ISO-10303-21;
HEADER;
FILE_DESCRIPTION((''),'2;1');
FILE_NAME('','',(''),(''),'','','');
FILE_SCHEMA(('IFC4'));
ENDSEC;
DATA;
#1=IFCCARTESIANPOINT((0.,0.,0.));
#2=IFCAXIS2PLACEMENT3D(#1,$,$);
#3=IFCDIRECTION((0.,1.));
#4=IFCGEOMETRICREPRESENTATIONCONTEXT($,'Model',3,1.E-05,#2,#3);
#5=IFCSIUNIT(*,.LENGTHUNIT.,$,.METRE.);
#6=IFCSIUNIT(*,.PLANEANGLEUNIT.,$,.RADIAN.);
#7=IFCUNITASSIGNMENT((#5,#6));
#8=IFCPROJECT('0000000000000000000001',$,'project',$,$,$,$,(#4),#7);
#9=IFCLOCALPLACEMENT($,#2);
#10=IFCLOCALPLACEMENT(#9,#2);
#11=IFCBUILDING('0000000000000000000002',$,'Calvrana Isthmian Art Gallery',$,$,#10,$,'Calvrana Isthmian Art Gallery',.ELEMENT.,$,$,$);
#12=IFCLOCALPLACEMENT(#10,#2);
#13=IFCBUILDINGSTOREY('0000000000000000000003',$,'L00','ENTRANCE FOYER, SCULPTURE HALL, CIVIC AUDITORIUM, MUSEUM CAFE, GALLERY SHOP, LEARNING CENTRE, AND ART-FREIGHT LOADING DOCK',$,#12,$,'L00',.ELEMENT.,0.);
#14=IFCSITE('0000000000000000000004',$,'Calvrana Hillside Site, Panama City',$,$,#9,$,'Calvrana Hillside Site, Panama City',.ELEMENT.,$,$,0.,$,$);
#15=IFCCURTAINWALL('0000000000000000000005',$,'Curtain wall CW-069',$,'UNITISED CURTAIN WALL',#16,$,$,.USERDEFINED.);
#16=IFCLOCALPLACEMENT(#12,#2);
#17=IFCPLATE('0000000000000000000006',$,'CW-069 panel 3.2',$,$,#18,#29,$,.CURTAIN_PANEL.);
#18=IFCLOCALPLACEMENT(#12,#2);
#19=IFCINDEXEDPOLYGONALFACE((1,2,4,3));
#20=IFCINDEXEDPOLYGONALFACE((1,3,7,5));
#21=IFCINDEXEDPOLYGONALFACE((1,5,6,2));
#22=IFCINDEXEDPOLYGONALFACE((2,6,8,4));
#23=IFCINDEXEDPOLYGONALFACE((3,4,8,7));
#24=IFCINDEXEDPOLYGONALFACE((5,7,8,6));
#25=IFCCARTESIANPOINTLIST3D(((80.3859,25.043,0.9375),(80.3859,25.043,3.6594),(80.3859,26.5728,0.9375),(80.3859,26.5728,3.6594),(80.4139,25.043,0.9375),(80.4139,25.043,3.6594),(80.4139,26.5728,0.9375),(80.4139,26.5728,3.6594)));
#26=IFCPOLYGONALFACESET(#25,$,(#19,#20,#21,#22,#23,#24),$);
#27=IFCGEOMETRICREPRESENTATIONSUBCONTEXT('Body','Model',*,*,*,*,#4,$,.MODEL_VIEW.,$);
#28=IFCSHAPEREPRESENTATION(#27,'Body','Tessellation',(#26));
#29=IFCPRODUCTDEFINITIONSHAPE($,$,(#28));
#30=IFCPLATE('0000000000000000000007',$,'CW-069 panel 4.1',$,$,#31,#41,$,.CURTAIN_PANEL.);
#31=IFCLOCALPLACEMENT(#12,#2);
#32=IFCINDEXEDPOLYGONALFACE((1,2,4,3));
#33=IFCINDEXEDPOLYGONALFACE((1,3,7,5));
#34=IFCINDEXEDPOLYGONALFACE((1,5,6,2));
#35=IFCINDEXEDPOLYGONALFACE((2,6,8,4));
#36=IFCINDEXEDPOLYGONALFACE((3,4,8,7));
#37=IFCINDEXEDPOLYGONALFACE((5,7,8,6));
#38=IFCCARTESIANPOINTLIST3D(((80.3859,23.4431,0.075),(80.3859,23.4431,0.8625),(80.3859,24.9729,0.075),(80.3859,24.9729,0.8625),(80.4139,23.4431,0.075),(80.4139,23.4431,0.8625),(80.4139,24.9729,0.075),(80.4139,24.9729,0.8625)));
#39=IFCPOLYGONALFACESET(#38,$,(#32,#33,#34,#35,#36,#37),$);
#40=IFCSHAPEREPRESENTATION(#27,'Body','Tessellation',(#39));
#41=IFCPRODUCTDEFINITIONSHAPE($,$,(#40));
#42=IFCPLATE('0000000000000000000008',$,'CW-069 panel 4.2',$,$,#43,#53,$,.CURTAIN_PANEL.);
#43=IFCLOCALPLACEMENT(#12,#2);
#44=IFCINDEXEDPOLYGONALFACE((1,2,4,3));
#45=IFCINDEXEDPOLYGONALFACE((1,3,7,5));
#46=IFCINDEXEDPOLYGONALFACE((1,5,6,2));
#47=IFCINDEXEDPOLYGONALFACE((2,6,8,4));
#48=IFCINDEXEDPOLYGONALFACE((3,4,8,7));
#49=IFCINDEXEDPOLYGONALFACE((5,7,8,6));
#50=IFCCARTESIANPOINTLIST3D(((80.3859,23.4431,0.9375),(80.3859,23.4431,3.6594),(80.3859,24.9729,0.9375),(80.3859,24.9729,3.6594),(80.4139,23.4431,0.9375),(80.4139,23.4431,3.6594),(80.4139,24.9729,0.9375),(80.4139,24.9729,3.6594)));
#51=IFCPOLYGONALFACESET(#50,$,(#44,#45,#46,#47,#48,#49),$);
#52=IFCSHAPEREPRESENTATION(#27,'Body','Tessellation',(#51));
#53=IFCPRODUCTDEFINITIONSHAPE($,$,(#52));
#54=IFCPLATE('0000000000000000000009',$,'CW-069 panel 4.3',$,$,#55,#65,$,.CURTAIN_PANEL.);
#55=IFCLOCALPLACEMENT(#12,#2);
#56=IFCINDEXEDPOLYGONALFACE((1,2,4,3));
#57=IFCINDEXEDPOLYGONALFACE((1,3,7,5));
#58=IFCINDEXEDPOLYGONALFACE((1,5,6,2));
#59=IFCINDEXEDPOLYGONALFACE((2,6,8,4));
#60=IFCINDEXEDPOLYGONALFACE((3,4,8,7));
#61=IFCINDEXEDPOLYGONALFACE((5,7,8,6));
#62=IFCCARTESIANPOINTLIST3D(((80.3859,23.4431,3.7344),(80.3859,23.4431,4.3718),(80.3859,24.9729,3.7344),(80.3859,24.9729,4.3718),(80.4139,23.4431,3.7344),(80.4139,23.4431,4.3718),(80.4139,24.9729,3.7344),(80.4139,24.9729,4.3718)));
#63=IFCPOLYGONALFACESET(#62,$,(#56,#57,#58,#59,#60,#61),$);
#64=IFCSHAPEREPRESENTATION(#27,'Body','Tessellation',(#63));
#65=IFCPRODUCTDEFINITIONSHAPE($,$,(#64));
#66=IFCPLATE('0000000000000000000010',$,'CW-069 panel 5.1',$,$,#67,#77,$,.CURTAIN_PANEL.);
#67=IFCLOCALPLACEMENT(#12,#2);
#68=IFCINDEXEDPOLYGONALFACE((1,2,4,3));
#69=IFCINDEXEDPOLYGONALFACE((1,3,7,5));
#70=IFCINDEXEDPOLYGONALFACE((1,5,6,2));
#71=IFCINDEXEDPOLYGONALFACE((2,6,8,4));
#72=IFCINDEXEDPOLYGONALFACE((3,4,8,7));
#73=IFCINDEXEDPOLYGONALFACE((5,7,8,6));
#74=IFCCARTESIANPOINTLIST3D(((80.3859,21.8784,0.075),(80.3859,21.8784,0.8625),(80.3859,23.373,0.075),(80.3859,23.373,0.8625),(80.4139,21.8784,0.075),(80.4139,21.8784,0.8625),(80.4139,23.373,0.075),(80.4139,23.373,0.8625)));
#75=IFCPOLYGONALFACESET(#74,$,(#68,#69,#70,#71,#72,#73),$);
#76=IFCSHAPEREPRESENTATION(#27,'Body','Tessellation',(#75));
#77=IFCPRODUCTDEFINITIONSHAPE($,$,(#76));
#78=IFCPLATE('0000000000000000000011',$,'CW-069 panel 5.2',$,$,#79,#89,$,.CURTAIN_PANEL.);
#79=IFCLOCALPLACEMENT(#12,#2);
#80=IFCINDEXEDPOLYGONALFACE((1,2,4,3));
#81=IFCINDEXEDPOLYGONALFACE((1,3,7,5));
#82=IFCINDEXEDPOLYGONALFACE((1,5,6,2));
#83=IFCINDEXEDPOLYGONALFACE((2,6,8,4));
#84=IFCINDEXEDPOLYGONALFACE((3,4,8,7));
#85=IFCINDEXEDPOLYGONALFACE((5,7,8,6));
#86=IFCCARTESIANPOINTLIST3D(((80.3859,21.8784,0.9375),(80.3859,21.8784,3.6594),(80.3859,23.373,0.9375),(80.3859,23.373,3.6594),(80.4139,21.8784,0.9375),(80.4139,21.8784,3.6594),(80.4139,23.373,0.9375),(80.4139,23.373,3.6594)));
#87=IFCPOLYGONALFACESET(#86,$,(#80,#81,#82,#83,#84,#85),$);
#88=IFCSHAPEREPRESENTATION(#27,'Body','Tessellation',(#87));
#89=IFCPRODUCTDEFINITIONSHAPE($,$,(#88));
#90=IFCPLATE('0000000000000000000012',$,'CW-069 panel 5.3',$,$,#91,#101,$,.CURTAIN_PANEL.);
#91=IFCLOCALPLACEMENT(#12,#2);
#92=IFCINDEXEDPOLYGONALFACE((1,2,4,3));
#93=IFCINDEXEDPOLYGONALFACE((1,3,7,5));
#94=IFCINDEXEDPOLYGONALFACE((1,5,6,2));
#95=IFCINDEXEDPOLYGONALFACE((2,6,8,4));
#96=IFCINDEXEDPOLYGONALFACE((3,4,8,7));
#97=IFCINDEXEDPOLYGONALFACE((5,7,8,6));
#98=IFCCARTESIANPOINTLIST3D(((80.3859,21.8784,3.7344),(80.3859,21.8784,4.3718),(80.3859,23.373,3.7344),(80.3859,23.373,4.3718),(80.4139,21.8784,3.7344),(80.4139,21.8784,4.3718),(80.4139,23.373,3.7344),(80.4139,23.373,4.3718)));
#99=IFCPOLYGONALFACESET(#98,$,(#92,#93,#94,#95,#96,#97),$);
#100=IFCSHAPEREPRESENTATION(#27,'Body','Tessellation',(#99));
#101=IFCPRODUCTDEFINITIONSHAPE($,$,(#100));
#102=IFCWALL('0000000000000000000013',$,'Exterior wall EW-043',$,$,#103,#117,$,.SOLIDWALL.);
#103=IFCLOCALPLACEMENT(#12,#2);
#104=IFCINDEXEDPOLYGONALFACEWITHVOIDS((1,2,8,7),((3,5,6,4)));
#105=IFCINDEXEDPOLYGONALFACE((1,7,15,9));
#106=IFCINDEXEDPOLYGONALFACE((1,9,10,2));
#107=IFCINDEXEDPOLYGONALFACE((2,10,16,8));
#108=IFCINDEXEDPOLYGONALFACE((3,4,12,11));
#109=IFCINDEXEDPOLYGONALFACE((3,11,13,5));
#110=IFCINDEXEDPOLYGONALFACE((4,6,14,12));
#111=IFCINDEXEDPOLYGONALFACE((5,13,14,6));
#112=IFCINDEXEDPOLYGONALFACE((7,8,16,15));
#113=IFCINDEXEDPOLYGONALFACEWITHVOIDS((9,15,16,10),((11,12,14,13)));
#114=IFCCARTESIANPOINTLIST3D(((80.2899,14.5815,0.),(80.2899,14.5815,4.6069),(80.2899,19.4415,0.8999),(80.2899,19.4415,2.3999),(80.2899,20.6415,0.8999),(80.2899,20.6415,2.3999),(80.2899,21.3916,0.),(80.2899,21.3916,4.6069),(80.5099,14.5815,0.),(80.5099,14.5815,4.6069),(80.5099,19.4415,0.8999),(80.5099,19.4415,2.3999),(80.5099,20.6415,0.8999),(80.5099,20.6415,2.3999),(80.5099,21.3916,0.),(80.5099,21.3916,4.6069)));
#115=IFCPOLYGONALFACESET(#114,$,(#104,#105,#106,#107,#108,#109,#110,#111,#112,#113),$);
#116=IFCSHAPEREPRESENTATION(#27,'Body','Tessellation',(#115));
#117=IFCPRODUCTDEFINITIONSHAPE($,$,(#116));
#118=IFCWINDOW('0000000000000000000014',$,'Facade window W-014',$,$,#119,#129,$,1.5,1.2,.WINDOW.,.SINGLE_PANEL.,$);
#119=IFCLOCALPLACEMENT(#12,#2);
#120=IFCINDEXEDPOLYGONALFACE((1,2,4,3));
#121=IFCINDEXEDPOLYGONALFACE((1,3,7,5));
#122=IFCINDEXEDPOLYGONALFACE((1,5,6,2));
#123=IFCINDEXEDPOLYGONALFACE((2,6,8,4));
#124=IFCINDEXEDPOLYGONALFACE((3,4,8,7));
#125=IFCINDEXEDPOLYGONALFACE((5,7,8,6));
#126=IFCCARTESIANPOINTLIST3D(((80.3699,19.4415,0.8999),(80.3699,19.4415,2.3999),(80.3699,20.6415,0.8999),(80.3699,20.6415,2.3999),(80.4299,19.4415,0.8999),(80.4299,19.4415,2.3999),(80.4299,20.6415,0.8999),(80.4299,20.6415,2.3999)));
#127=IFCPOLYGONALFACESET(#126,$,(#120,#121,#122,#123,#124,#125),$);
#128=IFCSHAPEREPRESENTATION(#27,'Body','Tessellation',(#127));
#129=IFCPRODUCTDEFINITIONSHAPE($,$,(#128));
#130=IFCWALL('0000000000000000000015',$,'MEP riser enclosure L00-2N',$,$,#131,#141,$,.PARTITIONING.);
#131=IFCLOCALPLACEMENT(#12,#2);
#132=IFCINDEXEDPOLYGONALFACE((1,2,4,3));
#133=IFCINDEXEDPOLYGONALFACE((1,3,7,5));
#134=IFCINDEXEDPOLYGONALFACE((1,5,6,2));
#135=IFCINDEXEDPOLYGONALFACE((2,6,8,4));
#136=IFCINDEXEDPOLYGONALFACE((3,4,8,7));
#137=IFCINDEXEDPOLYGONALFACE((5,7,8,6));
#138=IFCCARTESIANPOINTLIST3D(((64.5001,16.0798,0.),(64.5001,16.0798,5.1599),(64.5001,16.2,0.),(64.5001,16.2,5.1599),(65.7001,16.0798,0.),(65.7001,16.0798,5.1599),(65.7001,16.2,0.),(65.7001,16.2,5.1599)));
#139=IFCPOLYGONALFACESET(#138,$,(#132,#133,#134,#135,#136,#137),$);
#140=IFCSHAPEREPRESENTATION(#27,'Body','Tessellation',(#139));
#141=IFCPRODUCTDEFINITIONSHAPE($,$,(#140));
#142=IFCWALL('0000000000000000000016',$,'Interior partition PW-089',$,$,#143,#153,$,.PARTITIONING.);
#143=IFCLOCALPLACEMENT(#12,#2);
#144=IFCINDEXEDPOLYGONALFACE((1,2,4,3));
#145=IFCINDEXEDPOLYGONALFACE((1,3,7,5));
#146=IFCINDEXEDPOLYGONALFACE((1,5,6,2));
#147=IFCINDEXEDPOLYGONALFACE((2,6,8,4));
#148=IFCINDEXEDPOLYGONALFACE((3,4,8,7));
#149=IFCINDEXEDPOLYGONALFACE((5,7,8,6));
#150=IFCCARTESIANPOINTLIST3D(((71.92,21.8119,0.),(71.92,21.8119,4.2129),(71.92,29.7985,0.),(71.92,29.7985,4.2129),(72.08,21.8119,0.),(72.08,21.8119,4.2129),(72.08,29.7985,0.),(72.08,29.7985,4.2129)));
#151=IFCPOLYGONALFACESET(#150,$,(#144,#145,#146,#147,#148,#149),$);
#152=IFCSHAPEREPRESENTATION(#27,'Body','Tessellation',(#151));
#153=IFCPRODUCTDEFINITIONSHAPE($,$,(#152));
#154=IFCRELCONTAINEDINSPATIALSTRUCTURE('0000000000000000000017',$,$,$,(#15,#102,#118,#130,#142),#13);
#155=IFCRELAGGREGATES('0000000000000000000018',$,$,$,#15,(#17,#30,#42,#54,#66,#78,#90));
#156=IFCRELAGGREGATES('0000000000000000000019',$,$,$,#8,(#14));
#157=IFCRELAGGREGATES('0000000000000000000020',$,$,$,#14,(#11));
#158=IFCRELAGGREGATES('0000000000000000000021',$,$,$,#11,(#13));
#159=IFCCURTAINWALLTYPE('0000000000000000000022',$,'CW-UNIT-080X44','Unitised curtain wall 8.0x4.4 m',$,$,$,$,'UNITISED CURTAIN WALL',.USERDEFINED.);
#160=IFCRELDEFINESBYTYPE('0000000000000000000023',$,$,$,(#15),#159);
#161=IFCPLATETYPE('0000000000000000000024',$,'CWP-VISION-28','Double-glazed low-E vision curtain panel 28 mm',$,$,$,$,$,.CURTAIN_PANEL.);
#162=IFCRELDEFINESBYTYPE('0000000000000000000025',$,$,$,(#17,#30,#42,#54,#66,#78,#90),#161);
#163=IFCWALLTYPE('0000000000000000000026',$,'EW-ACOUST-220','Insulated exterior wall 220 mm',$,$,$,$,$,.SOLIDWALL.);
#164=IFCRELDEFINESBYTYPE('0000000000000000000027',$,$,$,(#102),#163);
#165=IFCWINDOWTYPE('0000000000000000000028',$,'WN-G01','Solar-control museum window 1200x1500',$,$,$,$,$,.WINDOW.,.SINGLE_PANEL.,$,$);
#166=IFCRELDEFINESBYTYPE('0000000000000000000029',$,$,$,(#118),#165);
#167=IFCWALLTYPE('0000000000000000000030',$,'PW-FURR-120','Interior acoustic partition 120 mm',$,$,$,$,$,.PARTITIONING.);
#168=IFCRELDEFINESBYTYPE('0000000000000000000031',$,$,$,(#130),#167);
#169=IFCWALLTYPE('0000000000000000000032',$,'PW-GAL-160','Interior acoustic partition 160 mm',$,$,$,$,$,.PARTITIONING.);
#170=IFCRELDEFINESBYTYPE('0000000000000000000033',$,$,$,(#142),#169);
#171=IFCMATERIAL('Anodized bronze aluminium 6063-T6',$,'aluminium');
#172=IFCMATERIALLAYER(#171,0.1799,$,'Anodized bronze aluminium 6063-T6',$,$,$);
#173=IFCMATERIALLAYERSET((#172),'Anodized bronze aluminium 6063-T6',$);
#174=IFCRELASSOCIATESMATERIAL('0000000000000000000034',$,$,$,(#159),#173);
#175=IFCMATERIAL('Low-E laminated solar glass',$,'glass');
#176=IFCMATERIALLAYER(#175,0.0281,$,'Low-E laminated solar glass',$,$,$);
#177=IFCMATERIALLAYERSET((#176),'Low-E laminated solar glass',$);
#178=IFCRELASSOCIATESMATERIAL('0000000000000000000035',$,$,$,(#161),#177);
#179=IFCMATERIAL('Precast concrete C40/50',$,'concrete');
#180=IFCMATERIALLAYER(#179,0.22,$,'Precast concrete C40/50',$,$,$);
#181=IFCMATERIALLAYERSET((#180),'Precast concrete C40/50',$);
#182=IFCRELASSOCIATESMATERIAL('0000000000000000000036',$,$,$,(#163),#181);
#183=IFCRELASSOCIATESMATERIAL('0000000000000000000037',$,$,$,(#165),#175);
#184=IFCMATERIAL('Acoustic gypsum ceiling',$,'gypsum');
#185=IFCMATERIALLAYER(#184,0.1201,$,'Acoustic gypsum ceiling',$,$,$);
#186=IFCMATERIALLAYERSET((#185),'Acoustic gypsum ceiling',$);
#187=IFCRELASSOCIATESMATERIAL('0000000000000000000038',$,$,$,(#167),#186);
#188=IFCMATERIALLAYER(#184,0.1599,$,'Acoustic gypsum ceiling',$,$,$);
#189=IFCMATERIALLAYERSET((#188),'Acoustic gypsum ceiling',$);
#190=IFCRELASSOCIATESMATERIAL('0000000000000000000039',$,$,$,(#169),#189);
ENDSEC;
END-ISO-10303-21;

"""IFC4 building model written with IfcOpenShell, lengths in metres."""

from ifc_helpers import new_model, si_unit, direction, frame, frame_2d, origin, origin_2d, place, context, subcontext, project, spatial, rectangle, extrude, material, layer, layer_set, type_object, element, fill, aggregate, save


model = new_model("IFC4")

# Units and contexts
model_context = context("Model", 3, precision=1e-05, world=origin(), true_north=direction((0.0, 1.0)))
body_context = subcontext(model_context, "Body", "Model", "MODEL_VIEW")
ifc_project = project(units=[si_unit("LENGTHUNIT", "METRE"), si_unit("PLANEANGLEUNIT", "RADIAN")], contexts=[model_context])

# Site, building, storey
site_placement = place(None, origin())
site = spatial("IfcSite", under=ifc_project, at=site_placement, Name="Calvrana Hillside Site, Panama City", LongName="Calvrana Hillside Site, Panama City", CompositionType="ELEMENT", RefElevation=0.0)
building_placement = place(site_placement, origin())
building = spatial("IfcBuilding", under=site, at=building_placement, Name="Calvrana Isthmian Art Gallery", LongName="Calvrana Isthmian Art Gallery", CompositionType="ELEMENT")
storey_placement = place(building_placement, origin())
storey = spatial("IfcBuildingStorey", under=building, at=storey_placement, Name="L00", Description="ENTRANCE FOYER, SCULPTURE HALL, CIVIC AUDITORIUM, MUSEUM CAFE, GALLERY SHOP, LEARNING CENTRE, AND ART-FREIGHT LOADING DOCK", LongName="L00", CompositionType="ELEMENT", Elevation=0.0)

# Curtain wall
ifc_material_1 = material(Name="Anodized bronze aluminium 6063-T6", Category="aluminium")
ifc_layer_1 = layer(ifc_material_1, 0.1799, Name="Anodized bronze aluminium 6063-T6")
ifc_layer_set_1 = layer_set([ifc_layer_1], Name="Anodized bronze aluminium 6063-T6")
curtain_wall_type_1 = type_object("IfcCurtainWallType", Name="CW-UNIT-080X44", Description="Unitised curtain wall 8.0x4.4 m", ElementType="UNITISED CURTAIN WALL", PredefinedType="USERDEFINED", material=ifc_layer_set_1)
curtain_wall_1_placement = place(storey_placement, origin())
curtain_wall_1 = element("IfcCurtainWall", 1, at=curtain_wall_1_placement, inside=storey, type_object=curtain_wall_type_1, Name="Curtain wall CW-069", ObjectType="UNITISED CURTAIN WALL", PredefinedType="USERDEFINED")

# Plates
ifc_material_2 = material(Name="Low-E laminated solar glass", Category="glass")
ifc_layer_2 = layer(ifc_material_2, 0.0281, Name="Low-E laminated solar glass")
ifc_layer_set_2 = layer_set([ifc_layer_2], Name="Low-E laminated solar glass")
plate_type = type_object("IfcPlateType", Name="CWP-VISION-28", Description="Double-glazed low-E vision curtain panel 28 mm", PredefinedType="CURTAIN_PANEL", material=ifc_layer_set_2)
plate_1_placement = place(storey_placement, frame((80.3999, 25.8079, 0.9375), z_axis=(0.0, 0.0, 1.0), x_axis=(0.0, -1.0, 0.0)))
plate_1 = element("IfcPlate", 2, at=plate_1_placement, type_object=plate_type, Name="CW-069 panel 3.2", PredefinedType="CURTAIN_PANEL", context=body_context, shape_type="SweptSolid", body=[
    extrude(rectangle(XDim=1.5298, YDim=0.0281, at=origin_2d()), origin(), (0.0, 0.0, 1.0), 2.7219),
])
plate_2_placement = place(storey_placement, frame((80.3999, 24.208, 0.075), z_axis=(0.0, 0.0, 1.0), x_axis=(0.0, -1.0, 0.0)))
plate_2 = element("IfcPlate", 3, at=plate_2_placement, type_object=plate_type, Name="CW-069 panel 4.1", PredefinedType="CURTAIN_PANEL", context=body_context, shape_type="SweptSolid", body=[
    extrude(rectangle(XDim=1.5298, YDim=0.0281, at=origin_2d()), origin(), (0.0, 0.0, 1.0), 0.7876),
])
plate_3_placement = place(storey_placement, frame((80.3999, 24.208, 0.9375), z_axis=(0.0, 0.0, 1.0), x_axis=(0.0, -1.0, 0.0)))
plate_3 = element("IfcPlate", 4, at=plate_3_placement, type_object=plate_type, Name="CW-069 panel 4.2", PredefinedType="CURTAIN_PANEL", context=body_context, shape_type="SweptSolid", body=[
    extrude(rectangle(XDim=1.5298, YDim=0.0281, at=origin_2d()), origin(), (0.0, 0.0, 1.0), 2.7219),
])
plate_4_placement = place(storey_placement, frame((80.3999, 24.208, 3.7344), z_axis=(0.0, 0.0, 1.0), x_axis=(0.0, -1.0, 0.0)))
plate_4 = element("IfcPlate", 5, at=plate_4_placement, type_object=plate_type, Name="CW-069 panel 4.3", PredefinedType="CURTAIN_PANEL", context=body_context, shape_type="SweptSolid", body=[
    extrude(rectangle(XDim=1.5298, YDim=0.0281, at=origin_2d()), origin(), (0.0, 0.0, 1.0), 0.6375),
])
plate_5_placement = place(storey_placement, frame((80.3999, 22.6257, 0.075), z_axis=(0.0, 0.0, 1.0), x_axis=(0.0, -1.0, 0.0)))
plate_5 = element("IfcPlate", 6, at=plate_5_placement, type_object=plate_type, Name="CW-069 panel 5.1", PredefinedType="CURTAIN_PANEL", context=body_context, shape_type="SweptSolid", body=[
    extrude(rectangle(XDim=1.4946, YDim=0.0281, at=origin_2d()), origin(), (0.0, 0.0, 1.0), 0.7876),
])
plate_6_placement = place(storey_placement, frame((80.3999, 22.6257, 0.9375), z_axis=(0.0, 0.0, 1.0), x_axis=(0.0, -1.0, 0.0)))
plate_6 = element("IfcPlate", 7, at=plate_6_placement, type_object=plate_type, Name="CW-069 panel 5.2", PredefinedType="CURTAIN_PANEL", context=body_context, shape_type="SweptSolid", body=[
    extrude(rectangle(XDim=1.4946, YDim=0.0281, at=origin_2d()), origin(), (0.0, 0.0, 1.0), 2.7219),
])
plate_7_placement = place(storey_placement, frame((80.3999, 22.6257, 3.7344), z_axis=(0.0, 0.0, 1.0), x_axis=(0.0, -1.0, 0.0)))
plate_7 = element("IfcPlate", 8, at=plate_7_placement, type_object=plate_type, Name="CW-069 panel 5.3", PredefinedType="CURTAIN_PANEL", context=body_context, shape_type="SweptSolid", body=[
    extrude(rectangle(XDim=1.4946, YDim=0.0281, at=origin_2d()), origin(), (0.0, 0.0, 1.0), 0.6375),
])
aggregate(curtain_wall_1, [plate_1, plate_2, plate_3, plate_4, plate_5, plate_6, plate_7])

# Wall, opening, window
ifc_material_3 = material(Name="Precast concrete C40/50", Category="concrete")
ifc_layer_3 = layer(ifc_material_3, 0.22, Name="Precast concrete C40/50")
ifc_layer_set_3 = layer_set([ifc_layer_3], Name="Precast concrete C40/50")
wall_type_1 = type_object("IfcWallType", Name="EW-ACOUST-220", Description="Insulated exterior wall 220 mm", PredefinedType="SOLIDWALL", material=ifc_layer_set_3)
wall_1_placement = place(storey_placement, frame((80.3999, 21.3916, 0.0), z_axis=(0.0, 0.0, 1.0), x_axis=(0.0, -1.0, 0.0)))
wall_1 = element("IfcWall", 9, at=wall_1_placement, inside=storey, type_object=wall_type_1, Name="Exterior wall EW-043", PredefinedType="SOLIDWALL", context=body_context, shape_type="SweptSolid", body=[
    extrude(rectangle(XDim=6.8101, YDim=0.22, at=frame_2d((3.405, 0.0))), origin(), (0.0, 0.0, 1.0), 4.6069),
])
opening_placement = place(wall_1_placement, frame((0.75, 0.0, 0.8999)))
opening = element("IfcOpeningElement", 10, at=opening_placement, cuts=wall_1, PredefinedType="OPENING", context=body_context, shape_type="SweptSolid", body=[
    extrude(rectangle(XDim=1.2, YDim=1.5, at=frame_2d((0.6001, 0.75))), frame((0.0, 0.1201, 0.0), z_axis=(0.0, -1.0, 0.0), x_axis=(1.0, 0.0, 0.0)), (0.0, 0.0, 1.0), 0.2405),
])
window_type = type_object("IfcWindowType", Name="WN-G01", Description="Solar-control museum window 1200x1500", PartitioningType="SINGLE_PANEL", PredefinedType="WINDOW", material=ifc_material_2)
window_placement = place(opening_placement, origin())
window = element("IfcWindow", 11, at=window_placement, inside=storey, type_object=window_type, Name="Facade window W-014", OverallHeight=1.5, OverallWidth=1.2, PartitioningType="SINGLE_PANEL", PredefinedType="WINDOW", context=body_context, shape_type="SweptSolid", body=[
    extrude(rectangle(XDim=1.2, YDim=1.5, at=frame_2d((0.6001, 0.75))), frame((0.0, 0.03, 0.0), z_axis=(0.0, -1.0, 0.0), x_axis=(1.0, 0.0, 0.0)), (0.0, 0.0, 1.0), 0.0601),
])
fill(opening, window)

# Walls
ifc_material_4 = material(Name="Acoustic gypsum ceiling", Category="gypsum")
ifc_layer_4 = layer(ifc_material_4, 0.1201, Name="Acoustic gypsum ceiling")
ifc_layer_set_4 = layer_set([ifc_layer_4], Name="Acoustic gypsum ceiling")
wall_type_2 = type_object("IfcWallType", Name="PW-FURR-120", Description="Interior acoustic partition 120 mm", PredefinedType="PARTITIONING", material=ifc_layer_set_4)
wall_2_placement = place(storey_placement, frame((64.5, 16.1399, 0.0), z_axis=(0.0, 0.0, 1.0), x_axis=(1.0, 0.0, 0.0)))
element("IfcWall", 12, at=wall_2_placement, inside=storey, type_object=wall_type_2, Name="MEP riser enclosure L00-2N", PredefinedType="PARTITIONING", context=body_context, shape_type="SweptSolid", body=[
    extrude(rectangle(XDim=1.2, YDim=0.1201, at=frame_2d((0.6001, 0.0))), origin(), (0.0, 0.0, 1.0), 5.1599),
])
ifc_layer_5 = layer(ifc_material_4, 0.1599, Name="Acoustic gypsum ceiling")
ifc_layer_set_5 = layer_set([ifc_layer_5], Name="Acoustic gypsum ceiling")
wall_type_3 = type_object("IfcWallType", Name="PW-GAL-160", Description="Interior acoustic partition 160 mm", PredefinedType="PARTITIONING", material=ifc_layer_set_5)
wall_3_placement = place(storey_placement, frame((72.0, 21.812, 0.0), z_axis=(0.0, 0.0, 1.0), x_axis=(0.0, 1.0, 0.0)))
element("IfcWall", 13, at=wall_3_placement, inside=storey, type_object=wall_type_3, Name="Interior partition PW-089", PredefinedType="PARTITIONING", context=body_context, shape_type="SweptSolid", body=[
    extrude(rectangle(XDim=7.9866, YDim=0.1599, at=frame_2d((3.9932, 0.0))), origin(), (0.0, 0.0, 1.0), 4.2129),
])

save(model, "model.ifc")
